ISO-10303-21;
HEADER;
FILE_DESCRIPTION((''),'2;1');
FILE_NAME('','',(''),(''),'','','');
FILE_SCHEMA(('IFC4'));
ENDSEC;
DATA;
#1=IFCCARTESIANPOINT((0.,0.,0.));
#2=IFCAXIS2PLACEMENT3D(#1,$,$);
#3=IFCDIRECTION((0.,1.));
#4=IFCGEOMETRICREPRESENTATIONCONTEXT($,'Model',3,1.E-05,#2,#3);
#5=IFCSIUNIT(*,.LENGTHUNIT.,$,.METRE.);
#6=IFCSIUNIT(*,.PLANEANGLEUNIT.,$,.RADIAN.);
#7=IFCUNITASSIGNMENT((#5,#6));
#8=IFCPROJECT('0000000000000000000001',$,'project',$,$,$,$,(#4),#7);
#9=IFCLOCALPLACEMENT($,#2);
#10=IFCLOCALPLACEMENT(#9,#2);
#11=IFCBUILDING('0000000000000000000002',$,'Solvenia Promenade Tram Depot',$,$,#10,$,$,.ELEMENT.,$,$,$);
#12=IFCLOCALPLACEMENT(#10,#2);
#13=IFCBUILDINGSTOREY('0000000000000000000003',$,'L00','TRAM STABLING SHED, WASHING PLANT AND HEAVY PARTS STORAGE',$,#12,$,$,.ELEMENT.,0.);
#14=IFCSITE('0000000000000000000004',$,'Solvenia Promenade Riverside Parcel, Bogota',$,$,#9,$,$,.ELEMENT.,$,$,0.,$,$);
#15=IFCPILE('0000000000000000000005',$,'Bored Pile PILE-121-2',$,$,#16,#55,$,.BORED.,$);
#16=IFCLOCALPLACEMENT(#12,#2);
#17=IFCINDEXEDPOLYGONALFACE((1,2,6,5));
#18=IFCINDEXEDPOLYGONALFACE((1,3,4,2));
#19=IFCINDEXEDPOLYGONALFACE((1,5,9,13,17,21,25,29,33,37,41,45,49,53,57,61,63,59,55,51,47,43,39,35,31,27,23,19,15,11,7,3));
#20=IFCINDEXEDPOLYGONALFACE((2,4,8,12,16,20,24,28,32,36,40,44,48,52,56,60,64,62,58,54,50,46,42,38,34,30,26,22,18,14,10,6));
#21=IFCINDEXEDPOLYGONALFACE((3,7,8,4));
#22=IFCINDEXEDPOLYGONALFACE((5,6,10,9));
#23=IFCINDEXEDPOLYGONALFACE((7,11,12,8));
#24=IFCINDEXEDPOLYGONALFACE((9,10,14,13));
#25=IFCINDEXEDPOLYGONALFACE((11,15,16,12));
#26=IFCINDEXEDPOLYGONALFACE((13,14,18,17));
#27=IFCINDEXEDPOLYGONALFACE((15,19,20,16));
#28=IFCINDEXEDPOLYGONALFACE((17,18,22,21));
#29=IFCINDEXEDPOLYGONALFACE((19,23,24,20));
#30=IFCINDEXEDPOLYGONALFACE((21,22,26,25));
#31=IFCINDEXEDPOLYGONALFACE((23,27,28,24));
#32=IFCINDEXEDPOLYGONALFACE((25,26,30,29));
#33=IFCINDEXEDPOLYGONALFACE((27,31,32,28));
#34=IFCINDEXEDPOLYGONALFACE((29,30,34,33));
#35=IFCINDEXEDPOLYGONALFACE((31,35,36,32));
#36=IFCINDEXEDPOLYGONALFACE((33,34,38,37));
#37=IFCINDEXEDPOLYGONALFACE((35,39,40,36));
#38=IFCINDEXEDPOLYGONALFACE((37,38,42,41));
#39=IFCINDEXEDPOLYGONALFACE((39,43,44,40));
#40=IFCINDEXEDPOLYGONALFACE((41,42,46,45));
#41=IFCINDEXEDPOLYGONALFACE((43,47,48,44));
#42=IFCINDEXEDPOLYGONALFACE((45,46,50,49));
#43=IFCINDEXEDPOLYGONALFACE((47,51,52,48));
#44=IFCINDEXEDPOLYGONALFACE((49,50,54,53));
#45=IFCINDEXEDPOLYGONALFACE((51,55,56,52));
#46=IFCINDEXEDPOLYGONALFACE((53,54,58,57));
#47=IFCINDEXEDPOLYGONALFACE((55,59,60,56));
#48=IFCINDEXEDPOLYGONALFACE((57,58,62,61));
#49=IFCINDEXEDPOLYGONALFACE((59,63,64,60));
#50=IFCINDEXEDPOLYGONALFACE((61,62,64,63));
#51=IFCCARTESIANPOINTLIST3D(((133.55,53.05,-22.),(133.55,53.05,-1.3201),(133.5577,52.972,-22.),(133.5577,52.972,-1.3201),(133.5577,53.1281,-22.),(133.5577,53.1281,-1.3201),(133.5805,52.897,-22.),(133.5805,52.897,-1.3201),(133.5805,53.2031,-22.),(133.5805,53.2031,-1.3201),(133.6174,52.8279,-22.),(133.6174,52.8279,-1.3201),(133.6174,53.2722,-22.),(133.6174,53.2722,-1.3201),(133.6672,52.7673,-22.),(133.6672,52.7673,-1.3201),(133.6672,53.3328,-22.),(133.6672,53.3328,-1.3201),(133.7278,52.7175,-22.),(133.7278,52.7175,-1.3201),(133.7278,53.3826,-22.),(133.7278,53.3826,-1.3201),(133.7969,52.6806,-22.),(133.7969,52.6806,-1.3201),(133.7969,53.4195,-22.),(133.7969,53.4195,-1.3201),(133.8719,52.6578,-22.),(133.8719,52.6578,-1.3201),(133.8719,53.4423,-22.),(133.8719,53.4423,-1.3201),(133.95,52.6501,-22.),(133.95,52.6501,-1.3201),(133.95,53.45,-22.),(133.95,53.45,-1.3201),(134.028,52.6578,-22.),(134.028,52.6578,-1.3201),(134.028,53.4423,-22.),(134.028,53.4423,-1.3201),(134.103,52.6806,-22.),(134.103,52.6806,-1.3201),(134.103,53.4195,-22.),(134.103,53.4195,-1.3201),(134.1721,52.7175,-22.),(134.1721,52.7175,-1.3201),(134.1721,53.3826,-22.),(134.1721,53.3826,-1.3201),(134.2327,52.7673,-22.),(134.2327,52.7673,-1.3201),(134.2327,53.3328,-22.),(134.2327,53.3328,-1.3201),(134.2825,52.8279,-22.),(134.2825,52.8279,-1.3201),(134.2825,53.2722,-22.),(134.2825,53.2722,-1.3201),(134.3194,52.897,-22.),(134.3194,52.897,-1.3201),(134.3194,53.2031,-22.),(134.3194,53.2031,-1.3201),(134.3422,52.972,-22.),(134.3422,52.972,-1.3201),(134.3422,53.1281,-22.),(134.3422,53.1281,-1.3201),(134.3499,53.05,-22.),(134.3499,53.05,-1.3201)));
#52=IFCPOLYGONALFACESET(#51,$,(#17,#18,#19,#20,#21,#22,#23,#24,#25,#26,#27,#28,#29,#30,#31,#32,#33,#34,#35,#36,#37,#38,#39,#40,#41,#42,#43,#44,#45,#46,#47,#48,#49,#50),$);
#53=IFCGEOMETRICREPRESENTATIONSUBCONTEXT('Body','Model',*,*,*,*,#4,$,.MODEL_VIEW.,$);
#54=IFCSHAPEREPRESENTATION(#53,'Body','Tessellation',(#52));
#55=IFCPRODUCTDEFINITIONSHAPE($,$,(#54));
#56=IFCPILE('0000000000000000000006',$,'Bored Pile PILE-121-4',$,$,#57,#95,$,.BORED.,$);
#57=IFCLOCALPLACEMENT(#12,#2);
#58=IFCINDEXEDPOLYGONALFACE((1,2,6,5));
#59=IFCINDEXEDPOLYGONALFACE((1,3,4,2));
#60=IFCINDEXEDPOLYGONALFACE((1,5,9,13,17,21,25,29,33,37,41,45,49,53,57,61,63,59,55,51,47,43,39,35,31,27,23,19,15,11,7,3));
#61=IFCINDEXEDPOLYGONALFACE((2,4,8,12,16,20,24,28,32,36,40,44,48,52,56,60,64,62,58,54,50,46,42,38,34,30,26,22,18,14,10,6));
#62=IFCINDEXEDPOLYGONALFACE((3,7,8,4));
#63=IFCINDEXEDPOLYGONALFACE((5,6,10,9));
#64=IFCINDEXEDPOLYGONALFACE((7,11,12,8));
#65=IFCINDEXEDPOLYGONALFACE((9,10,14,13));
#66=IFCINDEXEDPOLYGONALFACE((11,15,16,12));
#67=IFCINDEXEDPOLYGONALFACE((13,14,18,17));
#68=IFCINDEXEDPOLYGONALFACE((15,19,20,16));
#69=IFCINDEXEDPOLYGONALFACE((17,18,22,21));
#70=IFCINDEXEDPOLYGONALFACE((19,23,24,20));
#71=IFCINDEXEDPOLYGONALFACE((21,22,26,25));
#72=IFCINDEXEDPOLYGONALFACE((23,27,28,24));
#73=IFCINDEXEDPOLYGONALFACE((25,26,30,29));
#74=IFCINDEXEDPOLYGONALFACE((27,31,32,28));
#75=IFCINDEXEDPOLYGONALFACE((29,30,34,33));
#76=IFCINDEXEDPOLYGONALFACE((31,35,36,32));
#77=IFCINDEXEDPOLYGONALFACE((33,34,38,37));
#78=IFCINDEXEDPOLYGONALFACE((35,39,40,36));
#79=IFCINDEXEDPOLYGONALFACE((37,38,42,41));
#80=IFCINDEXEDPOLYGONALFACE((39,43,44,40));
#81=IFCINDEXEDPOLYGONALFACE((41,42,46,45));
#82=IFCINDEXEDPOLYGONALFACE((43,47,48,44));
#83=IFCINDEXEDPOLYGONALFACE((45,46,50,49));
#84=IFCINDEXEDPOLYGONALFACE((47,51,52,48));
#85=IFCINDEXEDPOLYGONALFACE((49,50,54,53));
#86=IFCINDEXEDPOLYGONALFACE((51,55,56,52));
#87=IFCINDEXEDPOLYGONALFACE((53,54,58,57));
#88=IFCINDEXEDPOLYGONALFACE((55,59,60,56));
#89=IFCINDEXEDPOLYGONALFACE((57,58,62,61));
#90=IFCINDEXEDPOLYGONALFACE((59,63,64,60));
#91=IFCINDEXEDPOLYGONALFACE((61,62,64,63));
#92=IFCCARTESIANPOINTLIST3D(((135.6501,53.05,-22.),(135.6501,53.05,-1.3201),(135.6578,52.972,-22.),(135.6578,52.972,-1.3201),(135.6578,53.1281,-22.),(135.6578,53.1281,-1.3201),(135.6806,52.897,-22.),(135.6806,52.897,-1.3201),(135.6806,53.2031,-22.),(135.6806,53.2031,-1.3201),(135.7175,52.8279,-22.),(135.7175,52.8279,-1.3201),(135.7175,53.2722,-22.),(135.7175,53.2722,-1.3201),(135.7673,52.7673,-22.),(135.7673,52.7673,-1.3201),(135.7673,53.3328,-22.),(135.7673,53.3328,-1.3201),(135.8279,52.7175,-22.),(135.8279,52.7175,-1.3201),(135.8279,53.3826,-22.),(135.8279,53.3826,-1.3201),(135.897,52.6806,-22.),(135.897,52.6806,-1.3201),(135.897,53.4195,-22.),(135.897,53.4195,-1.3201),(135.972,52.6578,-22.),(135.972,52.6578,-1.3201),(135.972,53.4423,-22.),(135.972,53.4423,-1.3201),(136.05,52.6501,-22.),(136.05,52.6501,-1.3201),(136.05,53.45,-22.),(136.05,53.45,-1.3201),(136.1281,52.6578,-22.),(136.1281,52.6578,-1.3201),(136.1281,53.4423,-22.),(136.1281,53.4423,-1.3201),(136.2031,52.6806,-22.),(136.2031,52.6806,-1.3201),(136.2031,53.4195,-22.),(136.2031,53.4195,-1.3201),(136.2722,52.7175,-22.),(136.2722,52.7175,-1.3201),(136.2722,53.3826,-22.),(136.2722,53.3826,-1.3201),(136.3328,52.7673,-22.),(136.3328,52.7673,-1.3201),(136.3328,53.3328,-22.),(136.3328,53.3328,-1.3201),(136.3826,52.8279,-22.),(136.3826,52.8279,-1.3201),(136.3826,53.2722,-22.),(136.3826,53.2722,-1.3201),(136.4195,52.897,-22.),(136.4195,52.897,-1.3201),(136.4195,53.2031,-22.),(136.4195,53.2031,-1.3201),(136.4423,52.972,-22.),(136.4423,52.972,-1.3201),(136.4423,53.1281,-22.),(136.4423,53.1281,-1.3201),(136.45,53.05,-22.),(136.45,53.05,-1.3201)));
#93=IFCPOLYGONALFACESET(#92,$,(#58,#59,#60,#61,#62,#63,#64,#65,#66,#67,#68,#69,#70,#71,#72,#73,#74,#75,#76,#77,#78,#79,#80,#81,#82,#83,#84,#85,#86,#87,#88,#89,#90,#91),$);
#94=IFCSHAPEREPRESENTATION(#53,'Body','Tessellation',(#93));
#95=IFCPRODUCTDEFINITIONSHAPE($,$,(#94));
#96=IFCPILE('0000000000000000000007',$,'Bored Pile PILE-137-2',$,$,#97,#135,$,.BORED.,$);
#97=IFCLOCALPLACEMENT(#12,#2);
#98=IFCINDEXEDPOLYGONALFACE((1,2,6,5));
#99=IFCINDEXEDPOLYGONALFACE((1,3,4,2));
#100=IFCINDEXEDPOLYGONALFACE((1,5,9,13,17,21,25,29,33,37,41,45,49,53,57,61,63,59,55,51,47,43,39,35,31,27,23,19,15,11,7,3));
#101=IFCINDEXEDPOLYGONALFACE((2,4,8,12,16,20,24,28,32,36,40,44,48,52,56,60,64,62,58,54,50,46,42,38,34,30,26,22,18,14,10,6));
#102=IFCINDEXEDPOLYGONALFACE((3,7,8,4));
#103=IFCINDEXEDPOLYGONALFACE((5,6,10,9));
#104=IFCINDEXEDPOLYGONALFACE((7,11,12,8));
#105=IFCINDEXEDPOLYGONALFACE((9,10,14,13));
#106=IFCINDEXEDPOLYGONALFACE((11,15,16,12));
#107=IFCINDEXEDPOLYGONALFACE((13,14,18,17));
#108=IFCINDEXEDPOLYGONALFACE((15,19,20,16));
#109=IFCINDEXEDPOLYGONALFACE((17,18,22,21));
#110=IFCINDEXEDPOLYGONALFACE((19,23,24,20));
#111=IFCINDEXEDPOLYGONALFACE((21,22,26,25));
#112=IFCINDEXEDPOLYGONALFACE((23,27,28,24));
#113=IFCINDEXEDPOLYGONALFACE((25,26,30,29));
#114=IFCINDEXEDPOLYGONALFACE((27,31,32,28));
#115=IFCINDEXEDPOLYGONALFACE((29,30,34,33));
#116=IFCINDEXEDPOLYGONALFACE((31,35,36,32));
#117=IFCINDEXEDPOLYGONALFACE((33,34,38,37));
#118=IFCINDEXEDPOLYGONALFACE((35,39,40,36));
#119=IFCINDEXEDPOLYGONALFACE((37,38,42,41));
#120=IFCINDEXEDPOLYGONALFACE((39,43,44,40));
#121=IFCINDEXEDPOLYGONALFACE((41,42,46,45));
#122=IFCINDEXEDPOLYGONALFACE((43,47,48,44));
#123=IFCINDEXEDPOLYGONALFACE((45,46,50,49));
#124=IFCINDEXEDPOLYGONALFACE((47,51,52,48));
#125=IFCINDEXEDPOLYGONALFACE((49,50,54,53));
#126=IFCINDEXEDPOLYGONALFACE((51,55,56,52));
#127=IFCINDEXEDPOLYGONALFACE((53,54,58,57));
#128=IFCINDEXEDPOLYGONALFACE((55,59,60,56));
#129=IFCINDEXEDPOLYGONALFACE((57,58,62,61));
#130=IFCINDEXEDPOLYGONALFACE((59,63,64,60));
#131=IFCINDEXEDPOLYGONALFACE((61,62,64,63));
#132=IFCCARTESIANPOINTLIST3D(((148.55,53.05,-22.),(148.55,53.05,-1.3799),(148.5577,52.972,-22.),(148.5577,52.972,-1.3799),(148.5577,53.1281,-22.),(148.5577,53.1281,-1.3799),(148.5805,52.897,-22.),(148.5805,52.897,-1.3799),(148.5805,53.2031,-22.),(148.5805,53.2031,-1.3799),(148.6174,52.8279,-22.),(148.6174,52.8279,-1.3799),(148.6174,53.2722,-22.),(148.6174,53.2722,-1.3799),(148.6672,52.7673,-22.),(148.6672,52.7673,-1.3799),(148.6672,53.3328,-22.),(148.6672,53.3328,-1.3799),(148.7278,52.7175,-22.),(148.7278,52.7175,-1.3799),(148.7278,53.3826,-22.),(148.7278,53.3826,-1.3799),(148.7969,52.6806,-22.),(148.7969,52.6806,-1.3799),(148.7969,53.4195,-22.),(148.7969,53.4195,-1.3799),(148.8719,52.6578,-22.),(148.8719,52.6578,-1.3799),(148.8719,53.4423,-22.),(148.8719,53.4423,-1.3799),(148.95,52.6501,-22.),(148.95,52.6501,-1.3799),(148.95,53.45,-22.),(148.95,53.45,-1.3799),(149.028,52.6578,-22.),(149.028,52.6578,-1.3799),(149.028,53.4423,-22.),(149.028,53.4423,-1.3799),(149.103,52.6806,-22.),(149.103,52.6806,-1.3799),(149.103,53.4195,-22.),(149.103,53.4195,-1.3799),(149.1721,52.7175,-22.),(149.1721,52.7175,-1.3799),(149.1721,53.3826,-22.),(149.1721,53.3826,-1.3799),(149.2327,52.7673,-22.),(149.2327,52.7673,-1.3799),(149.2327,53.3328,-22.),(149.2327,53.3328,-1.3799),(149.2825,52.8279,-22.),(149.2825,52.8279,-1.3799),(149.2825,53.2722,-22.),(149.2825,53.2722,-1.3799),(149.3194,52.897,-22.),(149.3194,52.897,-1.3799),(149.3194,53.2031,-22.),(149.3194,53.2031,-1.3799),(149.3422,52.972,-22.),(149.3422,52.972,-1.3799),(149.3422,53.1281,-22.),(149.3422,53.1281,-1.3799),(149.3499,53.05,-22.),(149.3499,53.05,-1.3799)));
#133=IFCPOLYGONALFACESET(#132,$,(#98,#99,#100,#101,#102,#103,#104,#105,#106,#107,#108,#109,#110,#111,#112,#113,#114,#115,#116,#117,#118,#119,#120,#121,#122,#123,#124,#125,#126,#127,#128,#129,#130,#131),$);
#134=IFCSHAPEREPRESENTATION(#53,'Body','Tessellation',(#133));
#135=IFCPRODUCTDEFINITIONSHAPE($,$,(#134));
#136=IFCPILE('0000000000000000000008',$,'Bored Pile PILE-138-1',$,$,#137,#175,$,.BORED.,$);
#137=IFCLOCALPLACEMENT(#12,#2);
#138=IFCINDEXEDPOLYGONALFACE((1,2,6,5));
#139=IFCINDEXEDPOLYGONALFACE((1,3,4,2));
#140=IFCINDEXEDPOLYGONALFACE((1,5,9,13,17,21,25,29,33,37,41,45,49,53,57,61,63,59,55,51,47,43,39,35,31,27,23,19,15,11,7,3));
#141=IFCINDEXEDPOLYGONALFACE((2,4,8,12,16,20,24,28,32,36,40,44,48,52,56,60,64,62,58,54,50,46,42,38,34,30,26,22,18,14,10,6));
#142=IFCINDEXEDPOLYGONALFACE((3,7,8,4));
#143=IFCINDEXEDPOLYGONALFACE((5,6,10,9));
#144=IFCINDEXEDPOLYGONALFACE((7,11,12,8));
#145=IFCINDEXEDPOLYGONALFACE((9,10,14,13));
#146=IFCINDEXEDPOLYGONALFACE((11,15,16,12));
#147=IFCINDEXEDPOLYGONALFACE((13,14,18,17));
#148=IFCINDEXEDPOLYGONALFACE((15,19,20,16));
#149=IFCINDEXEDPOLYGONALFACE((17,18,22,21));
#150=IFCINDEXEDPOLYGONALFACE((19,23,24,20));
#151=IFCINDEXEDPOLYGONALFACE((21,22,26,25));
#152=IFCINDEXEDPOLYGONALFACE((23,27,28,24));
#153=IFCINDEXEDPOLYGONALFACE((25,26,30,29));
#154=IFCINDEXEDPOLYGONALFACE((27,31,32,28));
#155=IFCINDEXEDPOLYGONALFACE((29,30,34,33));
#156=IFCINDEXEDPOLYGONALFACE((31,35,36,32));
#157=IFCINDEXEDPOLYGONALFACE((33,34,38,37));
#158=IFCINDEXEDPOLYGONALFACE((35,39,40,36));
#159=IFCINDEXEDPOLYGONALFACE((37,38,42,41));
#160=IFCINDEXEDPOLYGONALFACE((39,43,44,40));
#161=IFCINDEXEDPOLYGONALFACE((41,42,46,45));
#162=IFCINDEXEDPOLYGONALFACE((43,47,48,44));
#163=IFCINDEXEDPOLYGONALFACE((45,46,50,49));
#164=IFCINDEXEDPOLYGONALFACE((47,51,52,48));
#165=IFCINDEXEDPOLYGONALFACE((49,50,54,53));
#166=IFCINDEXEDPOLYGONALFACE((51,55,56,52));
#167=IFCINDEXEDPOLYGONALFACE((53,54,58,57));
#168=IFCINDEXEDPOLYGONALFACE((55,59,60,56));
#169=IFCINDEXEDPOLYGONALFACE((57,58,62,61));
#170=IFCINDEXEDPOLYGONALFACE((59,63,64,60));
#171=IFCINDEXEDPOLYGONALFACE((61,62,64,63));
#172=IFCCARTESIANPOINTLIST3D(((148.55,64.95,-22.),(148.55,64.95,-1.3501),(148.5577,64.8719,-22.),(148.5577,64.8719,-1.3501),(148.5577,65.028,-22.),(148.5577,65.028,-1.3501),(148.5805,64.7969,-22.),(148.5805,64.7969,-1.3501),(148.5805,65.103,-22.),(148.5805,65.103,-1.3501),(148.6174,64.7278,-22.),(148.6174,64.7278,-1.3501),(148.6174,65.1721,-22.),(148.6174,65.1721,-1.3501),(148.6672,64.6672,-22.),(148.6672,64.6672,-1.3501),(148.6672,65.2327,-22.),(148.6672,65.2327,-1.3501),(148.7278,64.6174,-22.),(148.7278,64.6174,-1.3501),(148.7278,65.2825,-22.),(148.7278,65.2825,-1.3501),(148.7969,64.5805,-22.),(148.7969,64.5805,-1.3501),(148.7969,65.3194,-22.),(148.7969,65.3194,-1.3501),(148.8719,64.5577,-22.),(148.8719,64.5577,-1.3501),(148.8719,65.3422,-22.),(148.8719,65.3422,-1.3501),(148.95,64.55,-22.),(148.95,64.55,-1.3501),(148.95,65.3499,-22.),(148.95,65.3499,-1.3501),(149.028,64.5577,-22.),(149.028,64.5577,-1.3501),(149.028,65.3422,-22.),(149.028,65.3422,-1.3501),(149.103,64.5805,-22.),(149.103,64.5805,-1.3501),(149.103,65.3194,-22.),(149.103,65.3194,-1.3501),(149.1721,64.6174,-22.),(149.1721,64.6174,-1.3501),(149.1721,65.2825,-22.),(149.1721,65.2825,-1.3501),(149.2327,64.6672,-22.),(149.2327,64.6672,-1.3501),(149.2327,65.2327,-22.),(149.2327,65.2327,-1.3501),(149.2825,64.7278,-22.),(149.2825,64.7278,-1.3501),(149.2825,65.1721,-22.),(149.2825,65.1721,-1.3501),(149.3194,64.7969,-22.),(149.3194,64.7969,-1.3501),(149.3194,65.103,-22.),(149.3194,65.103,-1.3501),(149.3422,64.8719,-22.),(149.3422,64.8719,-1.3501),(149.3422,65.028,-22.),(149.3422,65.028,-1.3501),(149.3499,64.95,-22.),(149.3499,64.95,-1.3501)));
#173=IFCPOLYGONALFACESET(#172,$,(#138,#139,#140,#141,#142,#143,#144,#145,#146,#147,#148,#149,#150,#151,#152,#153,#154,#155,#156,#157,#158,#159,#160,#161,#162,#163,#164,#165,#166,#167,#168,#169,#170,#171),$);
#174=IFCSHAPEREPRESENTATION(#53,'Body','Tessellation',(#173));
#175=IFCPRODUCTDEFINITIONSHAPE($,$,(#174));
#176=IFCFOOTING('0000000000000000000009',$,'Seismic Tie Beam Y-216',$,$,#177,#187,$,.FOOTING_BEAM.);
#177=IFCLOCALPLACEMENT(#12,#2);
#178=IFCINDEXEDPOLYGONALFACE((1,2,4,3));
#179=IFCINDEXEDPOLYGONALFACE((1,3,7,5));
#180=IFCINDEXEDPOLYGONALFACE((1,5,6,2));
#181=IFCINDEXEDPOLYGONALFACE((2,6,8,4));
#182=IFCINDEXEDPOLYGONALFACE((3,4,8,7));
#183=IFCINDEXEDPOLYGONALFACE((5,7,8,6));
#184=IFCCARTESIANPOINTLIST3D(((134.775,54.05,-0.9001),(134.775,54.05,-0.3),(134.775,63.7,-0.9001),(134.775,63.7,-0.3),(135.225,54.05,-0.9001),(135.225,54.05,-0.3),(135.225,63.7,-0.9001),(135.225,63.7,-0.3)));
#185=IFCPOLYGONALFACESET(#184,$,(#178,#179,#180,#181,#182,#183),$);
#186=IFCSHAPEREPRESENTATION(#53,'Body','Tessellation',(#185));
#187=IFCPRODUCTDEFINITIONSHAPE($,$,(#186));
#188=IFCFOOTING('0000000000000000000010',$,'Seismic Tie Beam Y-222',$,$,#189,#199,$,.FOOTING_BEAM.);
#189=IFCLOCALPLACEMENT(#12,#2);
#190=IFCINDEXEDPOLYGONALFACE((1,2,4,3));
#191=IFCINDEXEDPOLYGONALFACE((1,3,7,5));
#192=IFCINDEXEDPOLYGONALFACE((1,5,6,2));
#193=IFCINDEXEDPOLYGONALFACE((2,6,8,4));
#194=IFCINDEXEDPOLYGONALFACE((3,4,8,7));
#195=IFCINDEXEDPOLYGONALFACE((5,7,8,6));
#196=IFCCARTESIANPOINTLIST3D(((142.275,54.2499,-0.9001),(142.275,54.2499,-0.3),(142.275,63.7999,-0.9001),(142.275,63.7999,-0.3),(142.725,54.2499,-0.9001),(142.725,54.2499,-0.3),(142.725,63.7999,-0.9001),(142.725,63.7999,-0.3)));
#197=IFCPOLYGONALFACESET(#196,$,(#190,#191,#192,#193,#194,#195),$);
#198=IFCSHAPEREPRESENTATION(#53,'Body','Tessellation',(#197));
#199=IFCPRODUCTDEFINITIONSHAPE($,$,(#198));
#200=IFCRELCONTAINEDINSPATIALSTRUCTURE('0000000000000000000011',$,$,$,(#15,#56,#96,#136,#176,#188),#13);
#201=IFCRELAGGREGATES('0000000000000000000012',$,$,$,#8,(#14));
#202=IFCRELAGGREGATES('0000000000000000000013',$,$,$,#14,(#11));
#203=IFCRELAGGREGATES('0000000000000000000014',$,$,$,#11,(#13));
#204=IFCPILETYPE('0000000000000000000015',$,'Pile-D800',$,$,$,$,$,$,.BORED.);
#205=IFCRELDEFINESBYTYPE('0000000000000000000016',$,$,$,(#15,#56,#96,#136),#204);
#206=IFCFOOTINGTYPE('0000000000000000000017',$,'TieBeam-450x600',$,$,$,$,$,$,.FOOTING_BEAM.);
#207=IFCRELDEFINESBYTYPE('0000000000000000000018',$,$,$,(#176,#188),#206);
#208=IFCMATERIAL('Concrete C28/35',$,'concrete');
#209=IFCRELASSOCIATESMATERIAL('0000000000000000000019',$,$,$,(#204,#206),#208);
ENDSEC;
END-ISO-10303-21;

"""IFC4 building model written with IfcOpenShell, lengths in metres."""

from ifc_helpers import new_model, si_unit, direction, frame, origin, origin_2d, place, context, subcontext, project, spatial, rectangle, circle, extrude, material, material_profile, profile_set, type_object, element, save


model = new_model("IFC4")

# Units and contexts
model_context = context("Model", 3, precision=1e-05, world=origin(), true_north=direction((0.0, 1.0)))
body_context = subcontext(model_context, "Body", "Model", "MODEL_VIEW")
ifc_project = project(units=[si_unit("LENGTHUNIT", "METRE"), si_unit("PLANEANGLEUNIT", "RADIAN")], contexts=[model_context])

# Site, building, storey
site_placement = place(None, origin())
site = spatial("IfcSite", under=ifc_project, at=site_placement, Name="Solvenia Promenade Riverside Parcel, Bogota", CompositionType="ELEMENT", RefElevation=0.0)
building_placement = place(site_placement, origin())
building = spatial("IfcBuilding", under=site, at=building_placement, Name="Solvenia Promenade Tram Depot", CompositionType="ELEMENT")
storey_placement = place(building_placement, origin())
storey = spatial("IfcBuildingStorey", under=building, at=storey_placement, Name="L00", Description="TRAM STABLING SHED, WASHING PLANT AND HEAVY PARTS STORAGE", CompositionType="ELEMENT", Elevation=0.0)

# Shared definitions
ifc_material_1 = material(Name="Concrete C28/35", Category="concrete")

# Piles
ifc_material_profile_1 = material_profile(ifc_material_1, circle(Radius=0.3999, at=origin_2d()), Name="D800", Category="concrete")
ifc_profile_set_1 = profile_set([ifc_material_profile_1], Name="Concrete C28/35")
pile_type_1 = type_object("IfcPileType", Name="Pile-D800", PredefinedType="BORED", material=ifc_profile_set_1)
for number, where, z_axis, x_axis, name in (
    (1, (133.95, 53.05, -1.3201), (0.0, 0.0, -1.0), (1.0, 0.0, 0.0), "Bored Pile PILE-121-2"),
    (2, (136.05, 53.05, -1.3201), (0.0, 0.0, -1.0), (1.0, 0.0, 0.0), "Bored Pile PILE-121-4"),
):
    element("IfcPile", number, at=place(storey_placement, frame(where, z_axis=z_axis, x_axis=x_axis)), inside=storey, type_object=pile_type_1, Name=name, PredefinedType="BORED", context=body_context, shape_type="SweptSolid", body=[
        extrude(circle(Radius=0.3999, at=origin_2d()), origin(), (0.0, 0.0, 1.0), 20.6799),
    ])
pile_1_placement = place(storey_placement, frame((148.95, 53.05, -1.3799), z_axis=(0.0, 0.0, -1.0), x_axis=(1.0, 0.0, 0.0)))
element("IfcPile", 3, at=pile_1_placement, inside=storey, type_object=pile_type_1, Name="Bored Pile PILE-137-2", PredefinedType="BORED", context=body_context, shape_type="SweptSolid", body=[
    extrude(circle(Radius=0.3999, at=origin_2d()), origin(), (0.0, 0.0, 1.0), 20.6201),
])
pile_2_placement = place(storey_placement, frame((148.95, 64.95, -1.3501), z_axis=(0.0, 0.0, -1.0), x_axis=(1.0, 0.0, 0.0)))
element("IfcPile", 4, at=pile_2_placement, inside=storey, type_object=pile_type_1, Name="Bored Pile PILE-138-1", PredefinedType="BORED", context=body_context, shape_type="SweptSolid", body=[
    extrude(circle(Radius=0.3999, at=origin_2d()), origin(), (0.0, 0.0, 1.0), 20.6499),
])

# Footings
footing_type_1 = type_object("IfcFootingType", Name="TieBeam-450x600", PredefinedType="FOOTING_BEAM", material=ifc_material_1)
footing_1_placement = place(storey_placement, frame((135.0, 58.875, -0.9001), z_axis=(0.0, 0.0, 1.0), x_axis=(1.0, 0.0, 0.0)))
element("IfcFooting", 5, at=footing_1_placement, inside=storey, type_object=footing_type_1, Name="Seismic Tie Beam Y-216", PredefinedType="FOOTING_BEAM", context=body_context, shape_type="SweptSolid", body=[
    extrude(rectangle(XDim=0.45, YDim=9.6499, at=origin_2d()), origin(), (0.0, 0.0, 1.0), 0.6001),
])
footing_2_placement = place(storey_placement, frame((142.5, 59.0249, -0.9001), z_axis=(0.0, 0.0, 1.0), x_axis=(1.0, 0.0, 0.0)))
element("IfcFooting", 6, at=footing_2_placement, inside=storey, type_object=footing_type_1, Name="Seismic Tie Beam Y-222", PredefinedType="FOOTING_BEAM", context=body_context, shape_type="SweptSolid", body=[
    extrude(rectangle(XDim=0.45, YDim=9.55, at=origin_2d()), origin(), (0.0, 0.0, 1.0), 0.6001),
])

save(model, "model.ifc")
